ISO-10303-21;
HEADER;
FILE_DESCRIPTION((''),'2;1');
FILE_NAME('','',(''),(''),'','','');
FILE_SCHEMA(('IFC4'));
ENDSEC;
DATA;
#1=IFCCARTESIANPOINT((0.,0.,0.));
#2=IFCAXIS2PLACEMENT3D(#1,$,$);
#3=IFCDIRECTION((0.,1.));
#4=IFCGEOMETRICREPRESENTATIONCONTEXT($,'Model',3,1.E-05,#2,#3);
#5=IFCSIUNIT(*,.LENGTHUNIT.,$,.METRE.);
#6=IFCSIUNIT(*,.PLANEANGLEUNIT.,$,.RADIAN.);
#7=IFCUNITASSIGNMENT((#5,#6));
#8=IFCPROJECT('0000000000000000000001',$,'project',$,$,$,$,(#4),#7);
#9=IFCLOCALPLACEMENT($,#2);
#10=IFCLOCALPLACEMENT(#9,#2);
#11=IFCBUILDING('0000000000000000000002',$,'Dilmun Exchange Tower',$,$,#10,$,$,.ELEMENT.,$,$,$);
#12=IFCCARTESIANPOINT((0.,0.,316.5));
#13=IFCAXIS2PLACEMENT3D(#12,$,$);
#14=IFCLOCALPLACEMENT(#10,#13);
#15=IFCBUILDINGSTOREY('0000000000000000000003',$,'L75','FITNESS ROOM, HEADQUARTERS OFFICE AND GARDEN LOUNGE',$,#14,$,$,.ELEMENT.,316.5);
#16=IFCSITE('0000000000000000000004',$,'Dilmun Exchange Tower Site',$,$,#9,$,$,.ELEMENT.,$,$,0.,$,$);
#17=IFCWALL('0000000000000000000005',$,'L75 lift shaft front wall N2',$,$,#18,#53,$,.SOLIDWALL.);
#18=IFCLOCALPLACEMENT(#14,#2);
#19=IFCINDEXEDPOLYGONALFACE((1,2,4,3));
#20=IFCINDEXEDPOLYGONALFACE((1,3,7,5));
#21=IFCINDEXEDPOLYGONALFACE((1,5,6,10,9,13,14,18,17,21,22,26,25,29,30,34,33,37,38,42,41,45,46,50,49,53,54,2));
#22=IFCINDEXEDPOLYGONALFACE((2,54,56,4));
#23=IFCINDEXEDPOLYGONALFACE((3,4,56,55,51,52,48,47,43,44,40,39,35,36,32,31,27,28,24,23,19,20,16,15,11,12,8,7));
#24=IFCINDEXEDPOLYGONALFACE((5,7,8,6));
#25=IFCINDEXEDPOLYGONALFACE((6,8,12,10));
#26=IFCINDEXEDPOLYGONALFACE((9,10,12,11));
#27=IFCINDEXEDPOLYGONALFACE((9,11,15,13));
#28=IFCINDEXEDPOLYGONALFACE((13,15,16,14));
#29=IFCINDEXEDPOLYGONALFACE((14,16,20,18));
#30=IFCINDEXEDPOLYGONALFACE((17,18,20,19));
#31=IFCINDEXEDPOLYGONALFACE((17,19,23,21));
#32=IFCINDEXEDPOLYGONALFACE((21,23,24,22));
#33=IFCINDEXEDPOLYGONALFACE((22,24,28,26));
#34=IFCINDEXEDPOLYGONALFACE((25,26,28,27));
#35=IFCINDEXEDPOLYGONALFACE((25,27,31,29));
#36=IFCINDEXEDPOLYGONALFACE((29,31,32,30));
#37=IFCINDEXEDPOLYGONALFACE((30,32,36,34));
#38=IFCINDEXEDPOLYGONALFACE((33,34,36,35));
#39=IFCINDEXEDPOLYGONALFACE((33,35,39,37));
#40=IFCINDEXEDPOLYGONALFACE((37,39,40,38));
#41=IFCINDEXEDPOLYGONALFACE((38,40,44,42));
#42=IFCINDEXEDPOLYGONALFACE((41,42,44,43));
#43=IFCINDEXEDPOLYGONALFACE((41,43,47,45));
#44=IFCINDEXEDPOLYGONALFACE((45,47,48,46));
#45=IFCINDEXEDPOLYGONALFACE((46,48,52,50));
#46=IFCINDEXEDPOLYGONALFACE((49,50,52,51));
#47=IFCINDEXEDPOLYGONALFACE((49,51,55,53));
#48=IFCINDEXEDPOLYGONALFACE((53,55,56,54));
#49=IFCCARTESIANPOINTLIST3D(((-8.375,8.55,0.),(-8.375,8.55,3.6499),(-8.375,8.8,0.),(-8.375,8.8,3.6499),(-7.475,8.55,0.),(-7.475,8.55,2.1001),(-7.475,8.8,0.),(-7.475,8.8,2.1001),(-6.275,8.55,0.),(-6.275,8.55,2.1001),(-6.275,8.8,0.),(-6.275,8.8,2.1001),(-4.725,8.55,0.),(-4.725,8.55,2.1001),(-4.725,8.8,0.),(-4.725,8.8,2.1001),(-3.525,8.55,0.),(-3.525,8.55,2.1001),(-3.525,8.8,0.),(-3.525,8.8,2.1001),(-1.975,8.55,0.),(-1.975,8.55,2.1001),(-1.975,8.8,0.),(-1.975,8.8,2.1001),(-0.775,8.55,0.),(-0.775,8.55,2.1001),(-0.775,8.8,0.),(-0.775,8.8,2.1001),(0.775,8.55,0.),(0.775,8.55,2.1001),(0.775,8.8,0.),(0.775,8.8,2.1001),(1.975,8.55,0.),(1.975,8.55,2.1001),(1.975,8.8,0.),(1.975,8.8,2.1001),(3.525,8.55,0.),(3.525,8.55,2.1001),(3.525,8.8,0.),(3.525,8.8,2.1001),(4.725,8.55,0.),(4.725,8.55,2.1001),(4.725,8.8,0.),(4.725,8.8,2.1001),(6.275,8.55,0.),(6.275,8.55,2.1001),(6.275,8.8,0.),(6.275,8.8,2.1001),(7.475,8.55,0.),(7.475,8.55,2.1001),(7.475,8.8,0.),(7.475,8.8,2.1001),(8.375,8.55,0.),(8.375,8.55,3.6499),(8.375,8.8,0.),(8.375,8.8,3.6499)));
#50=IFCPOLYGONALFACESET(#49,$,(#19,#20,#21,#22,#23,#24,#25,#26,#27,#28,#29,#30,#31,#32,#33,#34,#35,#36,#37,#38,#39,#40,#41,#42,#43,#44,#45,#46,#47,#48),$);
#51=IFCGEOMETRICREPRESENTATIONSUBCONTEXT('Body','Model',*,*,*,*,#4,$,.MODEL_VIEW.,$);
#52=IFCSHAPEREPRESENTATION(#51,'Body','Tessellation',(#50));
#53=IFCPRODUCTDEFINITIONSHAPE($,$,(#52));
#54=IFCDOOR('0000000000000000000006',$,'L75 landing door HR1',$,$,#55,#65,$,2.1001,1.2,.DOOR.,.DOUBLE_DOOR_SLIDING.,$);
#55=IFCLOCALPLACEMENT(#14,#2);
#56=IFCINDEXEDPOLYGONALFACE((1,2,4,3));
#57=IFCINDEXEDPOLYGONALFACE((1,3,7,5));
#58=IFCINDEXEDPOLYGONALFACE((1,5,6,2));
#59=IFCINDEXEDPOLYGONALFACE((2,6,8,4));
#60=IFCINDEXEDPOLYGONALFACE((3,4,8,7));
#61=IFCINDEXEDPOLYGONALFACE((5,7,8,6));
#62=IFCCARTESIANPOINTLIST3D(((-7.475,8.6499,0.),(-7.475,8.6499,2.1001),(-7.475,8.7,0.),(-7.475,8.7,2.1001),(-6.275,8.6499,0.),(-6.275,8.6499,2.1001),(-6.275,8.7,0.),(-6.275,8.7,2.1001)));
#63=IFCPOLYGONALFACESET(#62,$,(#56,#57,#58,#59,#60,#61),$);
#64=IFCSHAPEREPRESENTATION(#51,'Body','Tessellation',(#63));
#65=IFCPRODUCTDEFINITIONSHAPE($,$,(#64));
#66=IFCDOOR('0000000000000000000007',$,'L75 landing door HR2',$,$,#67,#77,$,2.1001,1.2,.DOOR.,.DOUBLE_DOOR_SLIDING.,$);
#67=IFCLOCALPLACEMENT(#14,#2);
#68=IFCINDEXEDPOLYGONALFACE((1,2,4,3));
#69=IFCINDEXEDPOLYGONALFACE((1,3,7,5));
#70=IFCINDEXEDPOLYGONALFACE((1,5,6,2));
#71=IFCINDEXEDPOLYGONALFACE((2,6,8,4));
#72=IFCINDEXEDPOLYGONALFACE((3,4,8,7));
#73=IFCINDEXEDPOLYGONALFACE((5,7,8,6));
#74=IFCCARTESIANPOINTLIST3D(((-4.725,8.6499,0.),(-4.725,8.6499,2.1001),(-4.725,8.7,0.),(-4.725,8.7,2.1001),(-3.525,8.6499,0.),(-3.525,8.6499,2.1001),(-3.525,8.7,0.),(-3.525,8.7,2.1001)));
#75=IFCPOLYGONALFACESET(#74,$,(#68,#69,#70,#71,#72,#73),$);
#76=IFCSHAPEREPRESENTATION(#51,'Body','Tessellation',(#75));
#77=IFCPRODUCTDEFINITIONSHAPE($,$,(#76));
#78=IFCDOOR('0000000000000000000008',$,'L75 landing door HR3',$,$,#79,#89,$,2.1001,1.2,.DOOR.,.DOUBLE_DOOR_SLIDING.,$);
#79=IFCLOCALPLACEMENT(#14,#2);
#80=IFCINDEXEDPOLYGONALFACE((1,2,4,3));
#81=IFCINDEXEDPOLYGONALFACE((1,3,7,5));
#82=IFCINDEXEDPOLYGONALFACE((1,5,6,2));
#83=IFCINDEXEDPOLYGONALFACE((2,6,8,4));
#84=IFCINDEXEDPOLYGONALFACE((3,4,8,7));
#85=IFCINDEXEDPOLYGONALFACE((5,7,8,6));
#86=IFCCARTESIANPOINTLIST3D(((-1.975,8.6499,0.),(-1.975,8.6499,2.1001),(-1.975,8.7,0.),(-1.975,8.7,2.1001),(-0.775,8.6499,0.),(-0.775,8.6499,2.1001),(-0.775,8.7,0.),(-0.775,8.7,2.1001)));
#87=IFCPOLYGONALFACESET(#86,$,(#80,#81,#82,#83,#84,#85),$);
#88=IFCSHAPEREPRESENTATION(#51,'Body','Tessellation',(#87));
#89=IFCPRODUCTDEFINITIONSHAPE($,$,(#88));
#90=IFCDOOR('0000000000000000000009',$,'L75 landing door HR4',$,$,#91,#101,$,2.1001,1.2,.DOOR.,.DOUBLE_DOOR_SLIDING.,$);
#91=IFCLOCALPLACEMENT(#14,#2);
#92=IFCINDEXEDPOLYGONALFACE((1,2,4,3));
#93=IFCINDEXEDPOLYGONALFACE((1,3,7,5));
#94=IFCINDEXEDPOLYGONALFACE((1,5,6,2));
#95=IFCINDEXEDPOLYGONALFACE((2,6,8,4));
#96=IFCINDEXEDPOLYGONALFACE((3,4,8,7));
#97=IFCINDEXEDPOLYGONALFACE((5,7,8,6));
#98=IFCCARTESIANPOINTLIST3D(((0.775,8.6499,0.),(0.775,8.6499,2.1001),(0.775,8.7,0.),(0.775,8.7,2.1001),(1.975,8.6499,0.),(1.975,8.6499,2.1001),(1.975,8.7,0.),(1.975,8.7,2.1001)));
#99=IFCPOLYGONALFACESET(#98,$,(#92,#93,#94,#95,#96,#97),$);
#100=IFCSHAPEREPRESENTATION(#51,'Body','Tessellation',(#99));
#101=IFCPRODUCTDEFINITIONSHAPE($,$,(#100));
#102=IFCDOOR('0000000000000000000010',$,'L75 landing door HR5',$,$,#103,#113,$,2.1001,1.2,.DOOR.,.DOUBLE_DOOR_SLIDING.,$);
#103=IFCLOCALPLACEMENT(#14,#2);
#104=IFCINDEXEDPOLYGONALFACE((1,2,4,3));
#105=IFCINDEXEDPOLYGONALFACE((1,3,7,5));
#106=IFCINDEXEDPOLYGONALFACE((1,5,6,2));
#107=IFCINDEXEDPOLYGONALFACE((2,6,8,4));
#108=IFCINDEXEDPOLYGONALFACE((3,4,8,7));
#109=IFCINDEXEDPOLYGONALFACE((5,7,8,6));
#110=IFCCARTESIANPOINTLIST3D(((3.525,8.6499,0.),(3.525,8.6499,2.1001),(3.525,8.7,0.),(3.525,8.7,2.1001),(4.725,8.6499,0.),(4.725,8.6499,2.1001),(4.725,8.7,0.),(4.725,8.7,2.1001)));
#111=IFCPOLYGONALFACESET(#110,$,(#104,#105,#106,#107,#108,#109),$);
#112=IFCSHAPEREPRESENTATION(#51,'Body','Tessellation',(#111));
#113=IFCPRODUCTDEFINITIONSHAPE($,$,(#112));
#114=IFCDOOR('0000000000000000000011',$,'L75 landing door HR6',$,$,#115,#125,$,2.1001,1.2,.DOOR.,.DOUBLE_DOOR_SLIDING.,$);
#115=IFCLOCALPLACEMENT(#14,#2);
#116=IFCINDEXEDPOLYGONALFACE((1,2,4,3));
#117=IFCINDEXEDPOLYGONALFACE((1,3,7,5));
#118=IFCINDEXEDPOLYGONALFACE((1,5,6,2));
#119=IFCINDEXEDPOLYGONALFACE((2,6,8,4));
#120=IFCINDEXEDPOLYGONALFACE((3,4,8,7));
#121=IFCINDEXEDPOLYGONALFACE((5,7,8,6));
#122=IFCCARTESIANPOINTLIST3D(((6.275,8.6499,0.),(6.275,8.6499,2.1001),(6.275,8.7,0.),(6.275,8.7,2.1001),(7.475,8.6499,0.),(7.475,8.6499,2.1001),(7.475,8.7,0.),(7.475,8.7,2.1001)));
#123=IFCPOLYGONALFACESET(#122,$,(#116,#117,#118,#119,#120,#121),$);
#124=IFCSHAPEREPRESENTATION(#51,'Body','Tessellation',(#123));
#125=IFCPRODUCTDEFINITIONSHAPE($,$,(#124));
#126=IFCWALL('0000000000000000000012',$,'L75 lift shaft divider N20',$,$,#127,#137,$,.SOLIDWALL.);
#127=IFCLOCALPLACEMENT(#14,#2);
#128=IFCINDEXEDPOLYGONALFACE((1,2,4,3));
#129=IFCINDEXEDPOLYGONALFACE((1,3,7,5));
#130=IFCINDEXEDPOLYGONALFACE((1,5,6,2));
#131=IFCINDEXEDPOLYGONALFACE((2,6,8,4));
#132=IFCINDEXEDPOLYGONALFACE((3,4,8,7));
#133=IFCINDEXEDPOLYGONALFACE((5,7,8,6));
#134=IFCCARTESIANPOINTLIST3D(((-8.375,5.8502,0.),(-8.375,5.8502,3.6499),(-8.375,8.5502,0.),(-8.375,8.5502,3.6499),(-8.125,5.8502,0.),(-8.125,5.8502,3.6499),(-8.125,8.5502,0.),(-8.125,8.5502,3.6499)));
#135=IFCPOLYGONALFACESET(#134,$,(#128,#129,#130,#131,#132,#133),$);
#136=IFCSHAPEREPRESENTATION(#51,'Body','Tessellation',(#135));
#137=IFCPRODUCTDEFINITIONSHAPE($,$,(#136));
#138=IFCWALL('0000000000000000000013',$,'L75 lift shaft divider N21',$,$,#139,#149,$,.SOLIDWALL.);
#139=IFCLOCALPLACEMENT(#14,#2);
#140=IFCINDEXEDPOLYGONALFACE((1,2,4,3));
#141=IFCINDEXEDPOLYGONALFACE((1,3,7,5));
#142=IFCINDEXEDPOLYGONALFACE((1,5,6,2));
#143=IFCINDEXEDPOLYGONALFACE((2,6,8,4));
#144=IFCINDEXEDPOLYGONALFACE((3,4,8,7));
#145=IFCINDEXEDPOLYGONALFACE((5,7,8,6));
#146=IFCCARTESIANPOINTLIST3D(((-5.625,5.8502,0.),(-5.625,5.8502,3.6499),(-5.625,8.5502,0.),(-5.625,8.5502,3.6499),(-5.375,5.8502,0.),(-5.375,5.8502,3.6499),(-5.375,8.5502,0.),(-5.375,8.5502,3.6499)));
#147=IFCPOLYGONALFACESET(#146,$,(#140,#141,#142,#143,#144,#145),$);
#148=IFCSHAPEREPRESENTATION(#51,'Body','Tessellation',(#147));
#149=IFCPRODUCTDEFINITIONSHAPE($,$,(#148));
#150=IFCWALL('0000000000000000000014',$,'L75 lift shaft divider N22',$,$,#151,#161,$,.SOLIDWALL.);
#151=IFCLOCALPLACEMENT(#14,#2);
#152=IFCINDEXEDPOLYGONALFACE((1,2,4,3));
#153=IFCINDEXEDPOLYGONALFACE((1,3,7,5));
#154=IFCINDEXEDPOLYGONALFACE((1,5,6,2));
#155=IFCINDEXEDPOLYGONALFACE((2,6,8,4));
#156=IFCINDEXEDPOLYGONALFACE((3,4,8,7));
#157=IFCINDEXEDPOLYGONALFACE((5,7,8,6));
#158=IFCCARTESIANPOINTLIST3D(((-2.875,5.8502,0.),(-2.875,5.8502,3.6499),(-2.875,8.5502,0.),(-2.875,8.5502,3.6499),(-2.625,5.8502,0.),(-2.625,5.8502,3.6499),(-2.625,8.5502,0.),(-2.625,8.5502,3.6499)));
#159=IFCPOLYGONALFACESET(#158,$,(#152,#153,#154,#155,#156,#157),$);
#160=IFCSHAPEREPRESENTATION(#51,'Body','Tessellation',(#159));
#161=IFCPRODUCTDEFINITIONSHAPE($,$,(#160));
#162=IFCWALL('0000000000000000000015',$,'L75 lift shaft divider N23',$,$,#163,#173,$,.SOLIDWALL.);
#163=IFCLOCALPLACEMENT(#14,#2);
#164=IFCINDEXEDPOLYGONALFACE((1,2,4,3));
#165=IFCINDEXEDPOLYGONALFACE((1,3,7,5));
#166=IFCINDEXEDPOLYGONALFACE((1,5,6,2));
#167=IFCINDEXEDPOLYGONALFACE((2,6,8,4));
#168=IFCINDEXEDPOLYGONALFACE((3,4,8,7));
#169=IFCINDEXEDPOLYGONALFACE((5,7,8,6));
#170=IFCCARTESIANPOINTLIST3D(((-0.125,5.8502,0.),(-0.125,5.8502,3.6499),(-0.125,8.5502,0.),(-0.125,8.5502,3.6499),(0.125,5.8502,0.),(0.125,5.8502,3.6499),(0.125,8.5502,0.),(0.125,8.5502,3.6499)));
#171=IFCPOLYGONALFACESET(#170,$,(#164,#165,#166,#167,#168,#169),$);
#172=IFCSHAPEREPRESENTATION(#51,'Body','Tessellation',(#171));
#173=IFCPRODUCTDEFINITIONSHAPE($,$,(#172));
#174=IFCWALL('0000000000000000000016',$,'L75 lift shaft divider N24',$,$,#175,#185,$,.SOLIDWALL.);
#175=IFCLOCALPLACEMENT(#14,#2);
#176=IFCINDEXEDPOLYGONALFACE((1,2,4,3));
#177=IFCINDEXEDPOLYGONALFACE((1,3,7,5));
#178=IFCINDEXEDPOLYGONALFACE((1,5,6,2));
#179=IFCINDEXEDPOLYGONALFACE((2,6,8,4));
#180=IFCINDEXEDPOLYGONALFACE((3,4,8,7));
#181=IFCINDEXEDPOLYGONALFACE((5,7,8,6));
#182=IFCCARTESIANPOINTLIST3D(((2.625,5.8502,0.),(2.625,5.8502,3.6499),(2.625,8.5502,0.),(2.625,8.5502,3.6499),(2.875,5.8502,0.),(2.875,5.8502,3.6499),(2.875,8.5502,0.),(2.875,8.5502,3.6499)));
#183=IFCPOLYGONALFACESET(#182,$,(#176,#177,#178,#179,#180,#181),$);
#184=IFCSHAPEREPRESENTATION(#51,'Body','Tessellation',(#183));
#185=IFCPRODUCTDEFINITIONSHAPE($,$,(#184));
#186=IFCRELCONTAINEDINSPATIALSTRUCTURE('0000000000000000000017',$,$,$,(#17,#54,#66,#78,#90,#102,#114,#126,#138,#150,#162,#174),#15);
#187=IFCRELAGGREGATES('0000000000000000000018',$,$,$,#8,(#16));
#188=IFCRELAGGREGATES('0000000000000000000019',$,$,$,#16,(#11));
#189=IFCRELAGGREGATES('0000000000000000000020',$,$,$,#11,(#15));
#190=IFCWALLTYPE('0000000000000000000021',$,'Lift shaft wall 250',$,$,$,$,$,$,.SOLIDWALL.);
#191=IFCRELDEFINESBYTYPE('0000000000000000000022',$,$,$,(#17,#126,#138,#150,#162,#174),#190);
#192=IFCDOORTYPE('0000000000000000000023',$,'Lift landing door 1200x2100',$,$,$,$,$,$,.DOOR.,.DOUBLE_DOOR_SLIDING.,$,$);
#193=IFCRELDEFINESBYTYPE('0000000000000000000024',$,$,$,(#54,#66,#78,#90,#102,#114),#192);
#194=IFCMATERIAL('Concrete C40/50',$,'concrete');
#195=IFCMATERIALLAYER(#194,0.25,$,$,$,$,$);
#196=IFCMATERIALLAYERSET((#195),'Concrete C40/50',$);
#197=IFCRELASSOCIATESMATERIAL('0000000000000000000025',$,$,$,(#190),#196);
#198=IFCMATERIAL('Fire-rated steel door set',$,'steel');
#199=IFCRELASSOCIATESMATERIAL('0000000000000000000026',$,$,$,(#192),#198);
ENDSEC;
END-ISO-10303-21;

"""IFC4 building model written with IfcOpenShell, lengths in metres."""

from ifc_helpers import new_model, si_unit, direction, frame, frame_2d, origin, place, context, subcontext, project, spatial, rectangle, extrude, material, layer, layer_set, type_object, element, fill, save


model = new_model("IFC4")

# Units and contexts
model_context = context("Model", 3, precision=1e-05, world=origin(), true_north=direction((0.0, 1.0)))
body_context = subcontext(model_context, "Body", "Model", "MODEL_VIEW")
ifc_project = project(units=[si_unit("LENGTHUNIT", "METRE"), si_unit("PLANEANGLEUNIT", "RADIAN")], contexts=[model_context])

# Site, building, storey
site_placement = place(None, origin())
site = spatial("IfcSite", under=ifc_project, at=site_placement, Name="Dilmun Exchange Tower Site", CompositionType="ELEMENT", RefElevation=0.0)
building_placement = place(site_placement, origin())
building = spatial("IfcBuilding", under=site, at=building_placement, Name="Dilmun Exchange Tower", CompositionType="ELEMENT")
storey_placement = place(building_placement, frame((0.0, 0.0, 316.5)))
storey = spatial("IfcBuildingStorey", under=building, at=storey_placement, Name="L75", Description="FITNESS ROOM, HEADQUARTERS OFFICE AND GARDEN LOUNGE", CompositionType="ELEMENT", Elevation=316.5)

# Shared definitions
ifc_material_1 = material(Name="Concrete C40/50", Category="concrete")

# Shared definitions
ifc_material_2 = material(Name="Fire-rated steel door set", Category="steel")

# Wall, openings, doors
ifc_layer_1 = layer(ifc_material_1, 0.25)
ifc_layer_set_1 = layer_set([ifc_layer_1], Name="Concrete C40/50")
wall_type_1 = type_object("IfcWallType", Name="Lift shaft wall 250", PredefinedType="SOLIDWALL", material=ifc_layer_set_1)
wall_1_placement = place(storey_placement, frame((-8.375, 8.675, 0.0), z_axis=(0.0, 0.0, 1.0), x_axis=(1.0, 0.0, 0.0)))
wall_1 = element("IfcWall", 1, at=wall_1_placement, inside=storey, type_object=wall_type_1, Name="L75 lift shaft front wall N2", PredefinedType="SOLIDWALL", context=body_context, shape_type="SweptSolid", body=[
    extrude(rectangle(XDim=16.75, YDim=0.25, at=frame_2d((8.375, 0.0))), origin(), (0.0, 0.0, 1.0), 3.6499),
])
opening_1_placement = place(wall_1_placement, frame((0.8999, 0.0, 0.0)))
opening_1 = element("IfcOpeningElement", 2, at=opening_1_placement, cuts=wall_1, PredefinedType="OPENING", context=body_context, shape_type="SweptSolid", body=[
    extrude(rectangle(XDim=1.2, YDim=2.1001, at=frame_2d((0.6001, 1.05))), frame((0.0, 0.135, 0.0), z_axis=(0.0, -1.0, 0.0), x_axis=(1.0, 0.0, 0.0)), (0.0, 0.0, 1.0), 0.27),
])
opening_2_placement = place(wall_1_placement, frame((3.6499, 0.0, 0.0)))
opening_2 = element("IfcOpeningElement", 3, at=opening_2_placement, cuts=wall_1, PredefinedType="OPENING", context=body_context, shape_type="SweptSolid", body=[
    extrude(rectangle(XDim=1.2, YDim=2.1001, at=frame_2d((0.6001, 1.05))), frame((0.0, 0.135, 0.0), z_axis=(0.0, -1.0, 0.0), x_axis=(1.0, 0.0, 0.0)), (0.0, 0.0, 1.0), 0.27),
])
opening_3_placement = place(wall_1_placement, frame((6.3999, 0.0, 0.0)))
opening_3 = element("IfcOpeningElement", 4, at=opening_3_placement, cuts=wall_1, PredefinedType="OPENING", context=body_context, shape_type="SweptSolid", body=[
    extrude(rectangle(XDim=1.2, YDim=2.1001, at=frame_2d((0.6001, 1.05))), frame((0.0, 0.135, 0.0), z_axis=(0.0, -1.0, 0.0), x_axis=(1.0, 0.0, 0.0)), (0.0, 0.0, 1.0), 0.27),
])
opening_4_placement = place(wall_1_placement, frame((9.1499, 0.0, 0.0)))
opening_4 = element("IfcOpeningElement", 5, at=opening_4_placement, cuts=wall_1, PredefinedType="OPENING", context=body_context, shape_type="SweptSolid", body=[
    extrude(rectangle(XDim=1.2, YDim=2.1001, at=frame_2d((0.6001, 1.05))), frame((0.0, 0.135, 0.0), z_axis=(0.0, -1.0, 0.0), x_axis=(1.0, 0.0, 0.0)), (0.0, 0.0, 1.0), 0.27),
])
opening_5_placement = place(wall_1_placement, frame((11.8999, 0.0, 0.0)))
opening_5 = element("IfcOpeningElement", 6, at=opening_5_placement, cuts=wall_1, PredefinedType="OPENING", context=body_context, shape_type="SweptSolid", body=[
    extrude(rectangle(XDim=1.2, YDim=2.1001, at=frame_2d((0.6001, 1.05))), frame((0.0, 0.135, 0.0), z_axis=(0.0, -1.0, 0.0), x_axis=(1.0, 0.0, 0.0)), (0.0, 0.0, 1.0), 0.27),
])
opening_6_placement = place(wall_1_placement, frame((14.6499, 0.0, 0.0)))
opening_6 = element("IfcOpeningElement", 7, at=opening_6_placement, cuts=wall_1, PredefinedType="OPENING", context=body_context, shape_type="SweptSolid", body=[
    extrude(rectangle(XDim=1.2, YDim=2.1001, at=frame_2d((0.6001, 1.05))), frame((0.0, 0.135, 0.0), z_axis=(0.0, -1.0, 0.0), x_axis=(1.0, 0.0, 0.0)), (0.0, 0.0, 1.0), 0.27),
])
door_type_1 = type_object("IfcDoorType", Name="Lift landing door 1200x2100", OperationType="DOUBLE_DOOR_SLIDING", PredefinedType="DOOR", material=ifc_material_2)
door_1_placement = place(opening_1_placement, origin())
door_1 = element("IfcDoor", 8, at=door_1_placement, inside=storey, type_object=door_type_1, Name="L75 landing door HR1", OperationType="DOUBLE_DOOR_SLIDING", OverallHeight=2.1001, OverallWidth=1.2, PredefinedType="DOOR", context=body_context, shape_type="SweptSolid", body=[
    extrude(rectangle(XDim=1.2, YDim=2.1001, at=frame_2d((0.6001, 1.05))), frame((0.0, 0.0249, 0.0), z_axis=(0.0, -1.0, 0.0), x_axis=(1.0, 0.0, 0.0)), (0.0, 0.0, 1.0), 0.05),
])
fill(opening_1, door_1)
door_2_placement = place(opening_2_placement, origin())
door_2 = element("IfcDoor", 9, at=door_2_placement, inside=storey, type_object=door_type_1, Name="L75 landing door HR2", OperationType="DOUBLE_DOOR_SLIDING", OverallHeight=2.1001, OverallWidth=1.2, PredefinedType="DOOR", context=body_context, shape_type="SweptSolid", body=[
    extrude(rectangle(XDim=1.2, YDim=2.1001, at=frame_2d((0.6001, 1.05))), frame((0.0, 0.0249, 0.0), z_axis=(0.0, -1.0, 0.0), x_axis=(1.0, 0.0, 0.0)), (0.0, 0.0, 1.0), 0.05),
])
fill(opening_2, door_2)
door_3_placement = place(opening_3_placement, origin())
door_3 = element("IfcDoor", 10, at=door_3_placement, inside=storey, type_object=door_type_1, Name="L75 landing door HR3", OperationType="DOUBLE_DOOR_SLIDING", OverallHeight=2.1001, OverallWidth=1.2, PredefinedType="DOOR", context=body_context, shape_type="SweptSolid", body=[
    extrude(rectangle(XDim=1.2, YDim=2.1001, at=frame_2d((0.6001, 1.05))), frame((0.0, 0.0249, 0.0), z_axis=(0.0, -1.0, 0.0), x_axis=(1.0, 0.0, 0.0)), (0.0, 0.0, 1.0), 0.05),
])
fill(opening_3, door_3)
door_4_placement = place(opening_4_placement, origin())
door_4 = element("IfcDoor", 11, at=door_4_placement, inside=storey, type_object=door_type_1, Name="L75 landing door HR4", OperationType="DOUBLE_DOOR_SLIDING", OverallHeight=2.1001, OverallWidth=1.2, PredefinedType="DOOR", context=body_context, shape_type="SweptSolid", body=[
    extrude(rectangle(XDim=1.2, YDim=2.1001, at=frame_2d((0.6001, 1.05))), frame((0.0, 0.0249, 0.0), z_axis=(0.0, -1.0, 0.0), x_axis=(1.0, 0.0, 0.0)), (0.0, 0.0, 1.0), 0.05),
])
fill(opening_4, door_4)
door_5_placement = place(opening_5_placement, origin())
door_5 = element("IfcDoor", 12, at=door_5_placement, inside=storey, type_object=door_type_1, Name="L75 landing door HR5", OperationType="DOUBLE_DOOR_SLIDING", OverallHeight=2.1001, OverallWidth=1.2, PredefinedType="DOOR", context=body_context, shape_type="SweptSolid", body=[
    extrude(rectangle(XDim=1.2, YDim=2.1001, at=frame_2d((0.6001, 1.05))), frame((0.0, 0.0249, 0.0), z_axis=(0.0, -1.0, 0.0), x_axis=(1.0, 0.0, 0.0)), (0.0, 0.0, 1.0), 0.05),
])
fill(opening_5, door_5)
door_6_placement = place(opening_6_placement, origin())
door_6 = element("IfcDoor", 13, at=door_6_placement, inside=storey, type_object=door_type_1, Name="L75 landing door HR6", OperationType="DOUBLE_DOOR_SLIDING", OverallHeight=2.1001, OverallWidth=1.2, PredefinedType="DOOR", context=body_context, shape_type="SweptSolid", body=[
    extrude(rectangle(XDim=1.2, YDim=2.1001, at=frame_2d((0.6001, 1.05))), frame((0.0, 0.0249, 0.0), z_axis=(0.0, -1.0, 0.0), x_axis=(1.0, 0.0, 0.0)), (0.0, 0.0, 1.0), 0.05),
])
fill(opening_6, door_6)

# Walls
for number, where, z_axis, x_axis, name in (
    (14, (-8.25, 5.8501, 0.0), (0.0, 0.0, 1.0), (0.0, 1.0, 0.0), "L75 lift shaft divider N20"),
    (15, (-5.5, 5.8501, 0.0), (0.0, 0.0, 1.0), (0.0, 1.0, 0.0), "L75 lift shaft divider N21"),
    (16, (-2.75, 5.8501, 0.0), (0.0, 0.0, 1.0), (0.0, 1.0, 0.0), "L75 lift shaft divider N22"),
    (17, (0.0, 5.8501, 0.0), (0.0, 0.0, 1.0), (0.0, 1.0, 0.0), "L75 lift shaft divider N23"),
    (18, (2.75, 5.8501, 0.0), (0.0, 0.0, 1.0), (0.0, 1.0, 0.0), "L75 lift shaft divider N24"),
):
    element("IfcWall", number, at=place(storey_placement, frame(where, z_axis=z_axis, x_axis=x_axis)), inside=storey, type_object=wall_type_1, Name=name, PredefinedType="SOLIDWALL", context=body_context, shape_type="SweptSolid", body=[
        extrude(rectangle(XDim=2.7, YDim=0.25, at=frame_2d((1.3501, 0.0))), origin(), (0.0, 0.0, 1.0), 3.6499),
    ])

save(model, "model.ifc")
